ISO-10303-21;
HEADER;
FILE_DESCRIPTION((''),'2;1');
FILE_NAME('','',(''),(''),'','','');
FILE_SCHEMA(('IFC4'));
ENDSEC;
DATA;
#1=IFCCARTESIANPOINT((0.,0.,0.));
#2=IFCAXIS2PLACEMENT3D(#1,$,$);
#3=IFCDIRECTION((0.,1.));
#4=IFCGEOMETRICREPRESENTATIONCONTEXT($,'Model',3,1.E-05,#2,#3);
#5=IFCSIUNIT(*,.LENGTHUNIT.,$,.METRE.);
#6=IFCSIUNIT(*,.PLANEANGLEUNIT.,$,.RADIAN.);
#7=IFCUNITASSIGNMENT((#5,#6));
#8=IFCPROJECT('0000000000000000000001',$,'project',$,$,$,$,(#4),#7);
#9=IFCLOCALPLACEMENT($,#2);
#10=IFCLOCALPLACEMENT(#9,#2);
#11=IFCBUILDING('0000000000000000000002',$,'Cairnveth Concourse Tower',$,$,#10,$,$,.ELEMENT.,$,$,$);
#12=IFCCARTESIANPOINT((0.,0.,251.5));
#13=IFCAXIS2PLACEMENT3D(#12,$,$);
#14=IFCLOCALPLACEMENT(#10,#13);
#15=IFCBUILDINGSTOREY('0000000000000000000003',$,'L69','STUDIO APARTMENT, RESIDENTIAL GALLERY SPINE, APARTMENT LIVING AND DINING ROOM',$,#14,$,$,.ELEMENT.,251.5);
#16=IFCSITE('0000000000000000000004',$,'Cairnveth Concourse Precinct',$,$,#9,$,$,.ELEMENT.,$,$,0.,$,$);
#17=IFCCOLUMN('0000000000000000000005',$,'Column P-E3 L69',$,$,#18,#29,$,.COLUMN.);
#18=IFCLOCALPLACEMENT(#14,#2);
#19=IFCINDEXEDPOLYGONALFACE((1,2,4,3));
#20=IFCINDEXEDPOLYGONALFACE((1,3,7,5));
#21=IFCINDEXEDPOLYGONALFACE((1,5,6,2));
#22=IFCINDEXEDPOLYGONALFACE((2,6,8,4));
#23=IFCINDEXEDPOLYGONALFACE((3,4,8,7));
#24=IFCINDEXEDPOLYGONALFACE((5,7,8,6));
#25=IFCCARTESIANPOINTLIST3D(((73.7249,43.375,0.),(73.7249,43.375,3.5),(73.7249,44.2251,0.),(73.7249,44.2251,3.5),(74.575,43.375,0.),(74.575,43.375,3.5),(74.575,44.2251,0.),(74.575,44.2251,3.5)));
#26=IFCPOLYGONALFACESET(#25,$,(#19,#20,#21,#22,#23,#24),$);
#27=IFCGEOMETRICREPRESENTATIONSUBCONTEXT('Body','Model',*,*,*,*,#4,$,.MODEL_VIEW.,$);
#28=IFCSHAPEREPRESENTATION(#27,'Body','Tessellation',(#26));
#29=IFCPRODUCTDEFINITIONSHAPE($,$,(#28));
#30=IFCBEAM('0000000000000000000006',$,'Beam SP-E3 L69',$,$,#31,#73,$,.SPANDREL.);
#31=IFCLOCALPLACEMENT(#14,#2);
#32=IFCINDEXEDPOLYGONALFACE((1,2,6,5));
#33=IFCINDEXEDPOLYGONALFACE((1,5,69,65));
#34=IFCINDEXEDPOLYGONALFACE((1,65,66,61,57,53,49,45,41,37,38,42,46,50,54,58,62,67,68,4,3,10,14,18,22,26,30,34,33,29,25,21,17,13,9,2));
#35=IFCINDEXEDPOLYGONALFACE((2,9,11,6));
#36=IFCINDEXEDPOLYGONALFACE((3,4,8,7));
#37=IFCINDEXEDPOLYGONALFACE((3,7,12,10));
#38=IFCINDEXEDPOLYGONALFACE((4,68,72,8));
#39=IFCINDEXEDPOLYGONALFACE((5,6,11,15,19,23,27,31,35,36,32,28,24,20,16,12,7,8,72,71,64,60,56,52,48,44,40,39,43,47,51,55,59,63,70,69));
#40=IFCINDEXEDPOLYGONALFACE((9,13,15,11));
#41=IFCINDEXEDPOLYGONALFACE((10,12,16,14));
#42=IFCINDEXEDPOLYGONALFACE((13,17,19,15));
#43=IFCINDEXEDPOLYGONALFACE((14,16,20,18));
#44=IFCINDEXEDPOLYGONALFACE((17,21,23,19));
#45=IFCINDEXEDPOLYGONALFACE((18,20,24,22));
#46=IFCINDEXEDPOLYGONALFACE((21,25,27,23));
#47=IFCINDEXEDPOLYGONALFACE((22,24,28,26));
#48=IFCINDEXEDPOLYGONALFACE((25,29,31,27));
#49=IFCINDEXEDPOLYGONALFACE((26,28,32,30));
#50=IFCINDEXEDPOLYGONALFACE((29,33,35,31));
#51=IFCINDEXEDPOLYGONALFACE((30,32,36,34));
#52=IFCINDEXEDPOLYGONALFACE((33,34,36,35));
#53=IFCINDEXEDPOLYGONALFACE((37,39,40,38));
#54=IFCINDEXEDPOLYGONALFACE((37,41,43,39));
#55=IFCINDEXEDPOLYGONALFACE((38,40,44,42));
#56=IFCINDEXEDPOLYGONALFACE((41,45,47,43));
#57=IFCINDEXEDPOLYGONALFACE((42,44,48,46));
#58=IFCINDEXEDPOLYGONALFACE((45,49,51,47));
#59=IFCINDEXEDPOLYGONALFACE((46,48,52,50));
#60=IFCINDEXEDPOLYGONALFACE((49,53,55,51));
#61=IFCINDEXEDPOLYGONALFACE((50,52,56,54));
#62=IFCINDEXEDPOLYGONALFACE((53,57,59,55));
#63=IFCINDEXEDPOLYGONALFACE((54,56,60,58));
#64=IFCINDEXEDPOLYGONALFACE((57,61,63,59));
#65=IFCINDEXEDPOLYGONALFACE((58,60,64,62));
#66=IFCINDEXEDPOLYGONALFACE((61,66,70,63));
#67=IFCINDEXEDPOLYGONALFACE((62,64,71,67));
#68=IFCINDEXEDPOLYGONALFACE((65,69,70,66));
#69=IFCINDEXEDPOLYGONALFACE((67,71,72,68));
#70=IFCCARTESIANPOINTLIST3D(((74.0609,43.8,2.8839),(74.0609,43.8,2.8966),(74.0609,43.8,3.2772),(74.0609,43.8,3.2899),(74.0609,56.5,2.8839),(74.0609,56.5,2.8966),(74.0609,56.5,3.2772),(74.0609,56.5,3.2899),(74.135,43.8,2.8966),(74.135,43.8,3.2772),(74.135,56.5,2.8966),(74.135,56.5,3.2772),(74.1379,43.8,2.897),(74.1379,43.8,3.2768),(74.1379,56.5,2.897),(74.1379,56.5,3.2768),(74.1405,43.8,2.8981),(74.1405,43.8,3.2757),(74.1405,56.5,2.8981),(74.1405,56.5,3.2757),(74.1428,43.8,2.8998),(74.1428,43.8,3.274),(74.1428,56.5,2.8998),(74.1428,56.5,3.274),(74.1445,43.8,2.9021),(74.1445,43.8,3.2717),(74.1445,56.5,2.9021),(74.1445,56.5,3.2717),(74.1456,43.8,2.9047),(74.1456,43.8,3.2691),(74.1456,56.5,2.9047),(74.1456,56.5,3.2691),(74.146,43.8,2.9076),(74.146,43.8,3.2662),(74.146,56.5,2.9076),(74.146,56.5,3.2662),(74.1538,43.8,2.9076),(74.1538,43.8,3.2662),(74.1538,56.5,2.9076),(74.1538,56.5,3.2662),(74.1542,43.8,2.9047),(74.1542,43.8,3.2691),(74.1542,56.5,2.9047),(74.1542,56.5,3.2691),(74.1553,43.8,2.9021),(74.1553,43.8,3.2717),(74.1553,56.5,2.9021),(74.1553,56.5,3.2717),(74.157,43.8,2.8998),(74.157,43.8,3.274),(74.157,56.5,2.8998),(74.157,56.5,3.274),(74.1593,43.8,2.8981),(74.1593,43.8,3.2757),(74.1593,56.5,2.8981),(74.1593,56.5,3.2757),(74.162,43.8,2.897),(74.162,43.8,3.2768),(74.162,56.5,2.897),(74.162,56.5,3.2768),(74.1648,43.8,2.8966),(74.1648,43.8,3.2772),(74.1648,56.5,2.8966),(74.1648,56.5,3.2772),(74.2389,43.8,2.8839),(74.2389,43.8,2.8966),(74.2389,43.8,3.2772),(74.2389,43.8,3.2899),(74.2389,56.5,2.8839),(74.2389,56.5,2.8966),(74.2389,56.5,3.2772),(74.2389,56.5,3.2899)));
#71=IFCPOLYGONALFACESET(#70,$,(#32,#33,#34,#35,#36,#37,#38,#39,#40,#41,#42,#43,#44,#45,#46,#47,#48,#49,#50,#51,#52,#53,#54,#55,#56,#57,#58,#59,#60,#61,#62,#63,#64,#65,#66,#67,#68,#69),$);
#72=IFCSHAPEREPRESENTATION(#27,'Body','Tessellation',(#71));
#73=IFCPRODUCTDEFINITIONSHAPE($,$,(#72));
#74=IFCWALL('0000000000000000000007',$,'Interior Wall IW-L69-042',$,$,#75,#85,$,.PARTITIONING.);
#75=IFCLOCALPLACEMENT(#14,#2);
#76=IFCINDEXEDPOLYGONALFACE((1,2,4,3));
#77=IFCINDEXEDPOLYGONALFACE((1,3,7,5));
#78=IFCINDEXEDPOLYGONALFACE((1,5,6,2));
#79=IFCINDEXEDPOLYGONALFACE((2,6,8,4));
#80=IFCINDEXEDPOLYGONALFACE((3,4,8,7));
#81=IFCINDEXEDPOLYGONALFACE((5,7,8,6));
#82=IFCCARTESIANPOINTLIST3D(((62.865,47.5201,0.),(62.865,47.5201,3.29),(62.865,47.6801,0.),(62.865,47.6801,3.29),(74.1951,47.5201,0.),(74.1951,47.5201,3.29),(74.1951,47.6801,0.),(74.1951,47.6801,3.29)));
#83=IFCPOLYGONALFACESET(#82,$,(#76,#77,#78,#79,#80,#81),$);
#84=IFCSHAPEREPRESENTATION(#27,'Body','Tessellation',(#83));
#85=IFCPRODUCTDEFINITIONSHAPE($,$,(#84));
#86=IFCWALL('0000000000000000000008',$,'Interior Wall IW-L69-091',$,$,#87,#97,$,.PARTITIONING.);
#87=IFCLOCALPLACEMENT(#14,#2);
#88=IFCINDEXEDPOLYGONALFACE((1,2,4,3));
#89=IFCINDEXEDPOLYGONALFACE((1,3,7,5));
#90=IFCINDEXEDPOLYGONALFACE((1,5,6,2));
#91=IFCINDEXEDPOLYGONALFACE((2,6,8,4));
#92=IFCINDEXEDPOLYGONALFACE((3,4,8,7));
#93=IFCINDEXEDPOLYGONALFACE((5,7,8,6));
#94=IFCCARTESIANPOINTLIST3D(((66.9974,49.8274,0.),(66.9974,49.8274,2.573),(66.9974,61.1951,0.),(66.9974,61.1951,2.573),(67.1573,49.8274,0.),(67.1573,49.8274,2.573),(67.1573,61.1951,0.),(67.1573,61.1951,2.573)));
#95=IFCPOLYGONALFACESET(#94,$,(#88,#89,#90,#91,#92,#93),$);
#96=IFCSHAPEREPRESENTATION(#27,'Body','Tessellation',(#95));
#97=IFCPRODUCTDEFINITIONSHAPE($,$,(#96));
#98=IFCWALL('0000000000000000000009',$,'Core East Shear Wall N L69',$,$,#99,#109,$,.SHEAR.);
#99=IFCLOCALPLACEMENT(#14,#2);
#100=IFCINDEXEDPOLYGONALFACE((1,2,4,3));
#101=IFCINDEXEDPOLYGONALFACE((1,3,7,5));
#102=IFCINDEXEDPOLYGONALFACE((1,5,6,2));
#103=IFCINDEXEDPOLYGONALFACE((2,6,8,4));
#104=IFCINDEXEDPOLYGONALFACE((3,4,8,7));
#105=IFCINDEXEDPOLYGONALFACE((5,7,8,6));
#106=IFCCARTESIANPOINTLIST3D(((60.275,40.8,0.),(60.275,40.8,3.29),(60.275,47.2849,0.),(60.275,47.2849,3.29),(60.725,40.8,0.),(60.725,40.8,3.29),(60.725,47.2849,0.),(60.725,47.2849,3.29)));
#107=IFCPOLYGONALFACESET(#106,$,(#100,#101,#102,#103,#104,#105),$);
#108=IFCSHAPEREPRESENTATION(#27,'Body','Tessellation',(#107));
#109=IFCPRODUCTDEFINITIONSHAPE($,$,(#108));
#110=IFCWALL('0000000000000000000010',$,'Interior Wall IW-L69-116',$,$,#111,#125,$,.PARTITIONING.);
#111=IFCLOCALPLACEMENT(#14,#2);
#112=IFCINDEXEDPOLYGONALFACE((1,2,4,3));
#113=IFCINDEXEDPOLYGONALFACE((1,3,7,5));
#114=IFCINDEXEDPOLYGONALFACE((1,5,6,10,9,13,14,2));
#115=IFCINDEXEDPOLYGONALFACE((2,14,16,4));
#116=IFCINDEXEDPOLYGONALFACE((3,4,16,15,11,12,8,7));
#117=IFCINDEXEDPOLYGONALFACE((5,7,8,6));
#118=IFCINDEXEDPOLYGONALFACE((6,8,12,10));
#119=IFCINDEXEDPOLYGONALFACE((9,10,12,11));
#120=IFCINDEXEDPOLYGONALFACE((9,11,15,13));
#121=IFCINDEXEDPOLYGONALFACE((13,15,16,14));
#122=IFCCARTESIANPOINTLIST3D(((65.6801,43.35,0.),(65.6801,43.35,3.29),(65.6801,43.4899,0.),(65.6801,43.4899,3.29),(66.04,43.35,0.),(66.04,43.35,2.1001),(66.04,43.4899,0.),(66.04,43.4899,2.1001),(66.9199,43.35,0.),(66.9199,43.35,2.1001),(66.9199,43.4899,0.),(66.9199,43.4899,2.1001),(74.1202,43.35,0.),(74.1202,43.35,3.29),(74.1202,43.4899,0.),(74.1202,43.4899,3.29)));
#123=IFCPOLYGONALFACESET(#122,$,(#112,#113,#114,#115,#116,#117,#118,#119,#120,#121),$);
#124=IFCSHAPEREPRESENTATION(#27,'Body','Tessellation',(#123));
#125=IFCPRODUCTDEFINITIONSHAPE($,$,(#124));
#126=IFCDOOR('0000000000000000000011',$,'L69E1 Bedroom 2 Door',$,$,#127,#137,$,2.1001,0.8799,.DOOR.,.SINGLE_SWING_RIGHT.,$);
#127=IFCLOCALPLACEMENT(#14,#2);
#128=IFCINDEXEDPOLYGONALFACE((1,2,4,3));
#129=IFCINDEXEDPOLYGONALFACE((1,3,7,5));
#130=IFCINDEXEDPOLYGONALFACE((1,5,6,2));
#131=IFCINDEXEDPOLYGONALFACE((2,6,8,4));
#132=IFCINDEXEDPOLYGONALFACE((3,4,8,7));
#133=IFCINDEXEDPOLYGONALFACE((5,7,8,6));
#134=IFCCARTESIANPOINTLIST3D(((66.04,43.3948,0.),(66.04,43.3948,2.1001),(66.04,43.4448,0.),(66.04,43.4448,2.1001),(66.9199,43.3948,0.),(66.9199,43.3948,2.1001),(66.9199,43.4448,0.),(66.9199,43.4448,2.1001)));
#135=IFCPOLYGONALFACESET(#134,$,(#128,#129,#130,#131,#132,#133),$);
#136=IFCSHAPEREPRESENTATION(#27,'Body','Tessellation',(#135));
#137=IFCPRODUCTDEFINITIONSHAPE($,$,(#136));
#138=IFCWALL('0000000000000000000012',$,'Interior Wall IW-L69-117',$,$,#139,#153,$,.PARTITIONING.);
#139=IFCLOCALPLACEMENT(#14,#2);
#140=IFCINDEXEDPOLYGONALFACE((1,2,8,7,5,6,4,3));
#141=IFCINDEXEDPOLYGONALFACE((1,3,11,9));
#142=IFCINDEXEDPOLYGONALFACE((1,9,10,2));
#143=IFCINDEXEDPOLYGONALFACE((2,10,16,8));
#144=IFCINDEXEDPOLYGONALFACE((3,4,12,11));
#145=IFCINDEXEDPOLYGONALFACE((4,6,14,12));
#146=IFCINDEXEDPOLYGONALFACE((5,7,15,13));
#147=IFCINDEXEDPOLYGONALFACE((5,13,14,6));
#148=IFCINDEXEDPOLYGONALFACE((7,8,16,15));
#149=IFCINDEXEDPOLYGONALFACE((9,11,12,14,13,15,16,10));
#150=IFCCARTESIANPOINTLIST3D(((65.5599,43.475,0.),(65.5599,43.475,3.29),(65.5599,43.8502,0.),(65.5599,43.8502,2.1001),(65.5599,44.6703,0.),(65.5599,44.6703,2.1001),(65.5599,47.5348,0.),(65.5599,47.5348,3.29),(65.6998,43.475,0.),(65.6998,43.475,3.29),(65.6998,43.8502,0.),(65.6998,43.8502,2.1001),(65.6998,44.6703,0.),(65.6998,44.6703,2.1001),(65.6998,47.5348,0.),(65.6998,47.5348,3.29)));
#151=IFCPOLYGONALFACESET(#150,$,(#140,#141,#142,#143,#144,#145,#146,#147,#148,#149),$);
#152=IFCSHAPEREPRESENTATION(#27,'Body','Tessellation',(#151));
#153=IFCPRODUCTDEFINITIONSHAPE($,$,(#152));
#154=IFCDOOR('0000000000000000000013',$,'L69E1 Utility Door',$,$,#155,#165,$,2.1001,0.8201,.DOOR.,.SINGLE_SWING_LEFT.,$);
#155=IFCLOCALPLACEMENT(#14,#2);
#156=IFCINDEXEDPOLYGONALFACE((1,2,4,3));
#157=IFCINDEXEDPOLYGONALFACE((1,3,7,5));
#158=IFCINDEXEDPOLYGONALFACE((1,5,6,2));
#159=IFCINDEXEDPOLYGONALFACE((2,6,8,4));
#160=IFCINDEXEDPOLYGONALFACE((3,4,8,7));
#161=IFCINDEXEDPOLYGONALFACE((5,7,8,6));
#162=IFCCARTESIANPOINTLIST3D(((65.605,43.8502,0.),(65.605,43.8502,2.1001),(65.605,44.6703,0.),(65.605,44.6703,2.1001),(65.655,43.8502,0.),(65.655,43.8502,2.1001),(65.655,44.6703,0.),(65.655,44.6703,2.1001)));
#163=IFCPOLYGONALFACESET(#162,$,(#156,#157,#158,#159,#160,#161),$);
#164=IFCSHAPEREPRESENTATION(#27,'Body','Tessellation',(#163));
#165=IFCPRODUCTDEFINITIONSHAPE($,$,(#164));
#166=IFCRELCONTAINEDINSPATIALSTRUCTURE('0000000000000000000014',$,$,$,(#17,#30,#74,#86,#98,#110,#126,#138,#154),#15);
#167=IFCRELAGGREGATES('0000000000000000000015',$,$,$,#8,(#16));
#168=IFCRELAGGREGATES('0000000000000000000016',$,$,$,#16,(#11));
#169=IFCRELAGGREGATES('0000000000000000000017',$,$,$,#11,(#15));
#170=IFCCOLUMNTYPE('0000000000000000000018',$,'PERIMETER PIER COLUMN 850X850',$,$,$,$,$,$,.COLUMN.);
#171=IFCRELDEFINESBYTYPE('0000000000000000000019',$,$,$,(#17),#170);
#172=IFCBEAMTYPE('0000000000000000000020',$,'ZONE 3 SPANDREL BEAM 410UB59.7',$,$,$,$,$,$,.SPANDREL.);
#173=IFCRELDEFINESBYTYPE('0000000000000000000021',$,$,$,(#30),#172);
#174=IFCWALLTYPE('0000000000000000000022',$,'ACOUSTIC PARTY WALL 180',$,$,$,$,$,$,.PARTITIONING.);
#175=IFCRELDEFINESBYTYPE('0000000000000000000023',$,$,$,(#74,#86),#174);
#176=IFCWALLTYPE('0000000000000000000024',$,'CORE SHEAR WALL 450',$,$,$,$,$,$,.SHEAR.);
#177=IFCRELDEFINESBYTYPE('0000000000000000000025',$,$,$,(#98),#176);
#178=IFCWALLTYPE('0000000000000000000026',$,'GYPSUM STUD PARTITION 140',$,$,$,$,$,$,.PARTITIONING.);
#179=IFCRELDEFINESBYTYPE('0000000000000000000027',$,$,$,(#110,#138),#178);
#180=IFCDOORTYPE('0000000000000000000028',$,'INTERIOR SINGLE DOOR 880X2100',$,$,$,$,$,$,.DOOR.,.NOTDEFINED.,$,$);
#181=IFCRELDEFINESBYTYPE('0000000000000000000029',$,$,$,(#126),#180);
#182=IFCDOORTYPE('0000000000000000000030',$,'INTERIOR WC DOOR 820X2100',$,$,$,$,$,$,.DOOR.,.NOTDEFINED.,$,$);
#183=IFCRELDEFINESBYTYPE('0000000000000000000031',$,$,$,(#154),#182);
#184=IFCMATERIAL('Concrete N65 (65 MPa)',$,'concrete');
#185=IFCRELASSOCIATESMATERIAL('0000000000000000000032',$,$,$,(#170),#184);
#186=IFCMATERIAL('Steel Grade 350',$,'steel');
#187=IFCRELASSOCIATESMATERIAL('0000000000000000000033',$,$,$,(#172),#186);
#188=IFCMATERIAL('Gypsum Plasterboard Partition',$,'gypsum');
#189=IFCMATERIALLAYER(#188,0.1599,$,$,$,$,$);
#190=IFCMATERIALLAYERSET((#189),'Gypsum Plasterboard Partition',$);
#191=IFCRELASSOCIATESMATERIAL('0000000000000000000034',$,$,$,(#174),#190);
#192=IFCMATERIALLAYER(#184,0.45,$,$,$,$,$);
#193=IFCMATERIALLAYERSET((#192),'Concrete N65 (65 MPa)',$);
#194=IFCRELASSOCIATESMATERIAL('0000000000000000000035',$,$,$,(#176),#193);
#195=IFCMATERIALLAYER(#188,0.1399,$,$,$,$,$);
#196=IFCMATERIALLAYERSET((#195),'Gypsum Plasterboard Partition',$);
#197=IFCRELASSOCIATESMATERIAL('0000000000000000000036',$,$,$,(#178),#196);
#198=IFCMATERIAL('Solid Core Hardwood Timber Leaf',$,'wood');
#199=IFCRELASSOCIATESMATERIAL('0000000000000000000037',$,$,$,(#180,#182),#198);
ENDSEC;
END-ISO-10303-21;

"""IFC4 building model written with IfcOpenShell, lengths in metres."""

from ifc_helpers import new_model, si_unit, direction, frame, frame_2d, origin, origin_2d, place, context, subcontext, project, spatial, rectangle, i_section, extrude, material, layer, layer_set, material_profile, profile_set, type_object, element, fill, save


model = new_model("IFC4")

# Units and contexts
model_context = context("Model", 3, precision=1e-05, world=origin(), true_north=direction((0.0, 1.0)))
body_context = subcontext(model_context, "Body", "Model", "MODEL_VIEW")
ifc_project = project(units=[si_unit("LENGTHUNIT", "METRE"), si_unit("PLANEANGLEUNIT", "RADIAN")], contexts=[model_context])

# Site, building, storey
site_placement = place(None, origin())
site = spatial("IfcSite", under=ifc_project, at=site_placement, Name="Cairnveth Concourse Precinct", CompositionType="ELEMENT", RefElevation=0.0)
building_placement = place(site_placement, origin())
building = spatial("IfcBuilding", under=site, at=building_placement, Name="Cairnveth Concourse Tower", CompositionType="ELEMENT")
storey_placement = place(building_placement, frame((0.0, 0.0, 251.5)))
storey = spatial("IfcBuildingStorey", under=building, at=storey_placement, Name="L69", Description="STUDIO APARTMENT, RESIDENTIAL GALLERY SPINE, APARTMENT LIVING AND DINING ROOM", CompositionType="ELEMENT", Elevation=251.5)

# Column
ifc_material_1 = material(Name="Concrete N65 (65 MPa)", Category="concrete")
ifc_material_profile_1 = material_profile(ifc_material_1, rectangle(XDim=0.8501, YDim=0.8501, at=origin_2d()), Name="RC-COL-850x850")
ifc_profile_set_1 = profile_set([ifc_material_profile_1], Name="Concrete N65 (65 MPa)")
column_type = type_object("IfcColumnType", Name="PERIMETER PIER COLUMN 850X850", PredefinedType="COLUMN", material=ifc_profile_set_1)
column_placement = place(storey_placement, frame((74.1499, 43.8, 0.0), z_axis=(0.0, 0.0, 1.0), x_axis=(0.0, 1.0, 0.0)))
element("IfcColumn", 1, at=column_placement, inside=storey, type_object=column_type, Name="Column P-E3 L69", PredefinedType="COLUMN", context=body_context, shape_type="SweptSolid", body=[
    extrude(rectangle(XDim=0.8501, YDim=0.8501, at=origin_2d()), origin(), (0.0, 0.0, 1.0), 3.5),
])

# Beam
ifc_material_2 = material(Name="Steel Grade 350", Category="steel")
ifc_material_profile_2 = material_profile(ifc_material_2, i_section(OverallWidth=0.178, OverallDepth=0.406, WebThickness=0.0078, FlangeThickness=0.0127, FilletRadius=0.011, at=origin_2d()), Name="410UB59.7")
ifc_profile_set_2 = profile_set([ifc_material_profile_2], Name="Steel Grade 350")
beam_type = type_object("IfcBeamType", Name="ZONE 3 SPANDREL BEAM 410UB59.7", PredefinedType="SPANDREL", material=ifc_profile_set_2)
beam_placement = place(storey_placement, frame((74.1499, 43.8, 3.0869), z_axis=(0.0, 1.0, 0.0), x_axis=(-1.0, 0.0, 0.0)))
element("IfcBeam", 2, at=beam_placement, inside=storey, type_object=beam_type, Name="Beam SP-E3 L69", PredefinedType="SPANDREL", context=body_context, shape_type="SweptSolid", body=[
    extrude(i_section(OverallWidth=0.178, OverallDepth=0.406, WebThickness=0.0078, FlangeThickness=0.0127, FilletRadius=0.011, at=origin_2d()), origin(), (0.0, 0.0, 1.0), 12.7),
])

# Walls
ifc_material_3 = material(Name="Gypsum Plasterboard Partition", Category="gypsum")
ifc_layer_1 = layer(ifc_material_3, 0.1599)
ifc_layer_set_1 = layer_set([ifc_layer_1], Name="Gypsum Plasterboard Partition")
wall_type_1 = type_object("IfcWallType", Name="ACOUSTIC PARTY WALL 180", PredefinedType="PARTITIONING", material=ifc_layer_set_1)
wall_1_placement = place(storey_placement, frame((62.865, 47.6001, 0.0), z_axis=(0.0, 0.0, 1.0), x_axis=(1.0, 0.0, 0.0)))
element("IfcWall", 3, at=wall_1_placement, inside=storey, type_object=wall_type_1, Name="Interior Wall IW-L69-042", PredefinedType="PARTITIONING", context=body_context, shape_type="SweptSolid", body=[
    extrude(rectangle(XDim=11.3301, YDim=0.1599, at=frame_2d((5.665, 0.0))), origin(), (0.0, 0.0, 1.0), 3.29),
])
wall_2_placement = place(storey_placement, frame((67.0774, 49.8274, 0.0), z_axis=(0.0, 0.0, 1.0), x_axis=(0.0, 1.0, 0.0)))
element("IfcWall", 4, at=wall_2_placement, inside=storey, type_object=wall_type_1, Name="Interior Wall IW-L69-091", PredefinedType="PARTITIONING", context=body_context, shape_type="SweptSolid", body=[
    extrude(rectangle(XDim=11.3677, YDim=0.1599, at=frame_2d((5.6838, 0.0))), origin(), (0.0, 0.0, 1.0), 2.573),
])
ifc_layer_2 = layer(ifc_material_1, 0.45)
ifc_layer_set_2 = layer_set([ifc_layer_2], Name="Concrete N65 (65 MPa)")
wall_type_2 = type_object("IfcWallType", Name="CORE SHEAR WALL 450", PredefinedType="SHEAR", material=ifc_layer_set_2)
wall_3_placement = place(storey_placement, frame((60.5, 40.8, 0.0), z_axis=(0.0, 0.0, 1.0), x_axis=(0.0, 1.0, 0.0)))
element("IfcWall", 5, at=wall_3_placement, inside=storey, type_object=wall_type_2, Name="Core East Shear Wall N L69", PredefinedType="SHEAR", context=body_context, shape_type="SweptSolid", body=[
    extrude(rectangle(XDim=6.4849, YDim=0.45, at=frame_2d((3.2424, 0.0))), origin(), (0.0, 0.0, 1.0), 3.29),
])

# Walls, openings, doors
ifc_layer_3 = layer(ifc_material_3, 0.1399)
ifc_layer_set_3 = layer_set([ifc_layer_3], Name="Gypsum Plasterboard Partition")
wall_type_3 = type_object("IfcWallType", Name="GYPSUM STUD PARTITION 140", PredefinedType="PARTITIONING", material=ifc_layer_set_3)
wall_4_placement = place(storey_placement, frame((65.6799, 43.4199, 0.0), z_axis=(0.0, 0.0, 1.0), x_axis=(1.0, 0.0, 0.0)))
wall_4 = element("IfcWall", 6, at=wall_4_placement, inside=storey, type_object=wall_type_3, Name="Interior Wall IW-L69-116", PredefinedType="PARTITIONING", context=body_context, shape_type="SweptSolid", body=[
    extrude(rectangle(XDim=8.4402, YDim=0.1399, at=frame_2d((4.2202, 0.0))), origin(), (0.0, 0.0, 1.0), 3.29),
])
opening_1_placement = place(wall_4_placement, frame((0.3601, 0.0, 0.0)))
opening_1 = element("IfcOpeningElement", 7, at=opening_1_placement, cuts=wall_4, PredefinedType="OPENING", context=body_context, shape_type="SweptSolid", body=[
    extrude(rectangle(XDim=0.8799, YDim=2.1001, at=frame_2d((0.4399, 1.05))), frame((0.0, 0.0798, 0.0), z_axis=(0.0, -1.0, 0.0), x_axis=(1.0, 0.0, 0.0)), (0.0, 0.0, 1.0), 0.1599),
])
ifc_material_4 = material(Name="Solid Core Hardwood Timber Leaf", Category="wood")
door_type_1 = type_object("IfcDoorType", Name="INTERIOR SINGLE DOOR 880X2100", OperationType="NOTDEFINED", PredefinedType="DOOR", material=ifc_material_4)
door_1_placement = place(opening_1_placement, origin())
door_1 = element("IfcDoor", 8, at=door_1_placement, inside=storey, type_object=door_type_1, Name="L69E1 Bedroom 2 Door", OperationType="SINGLE_SWING_RIGHT", OverallHeight=2.1001, OverallWidth=0.8799, PredefinedType="DOOR", context=body_context, shape_type="SweptSolid", body=[
    extrude(rectangle(XDim=0.8799, YDim=2.1001, at=frame_2d((0.4399, 1.05))), frame((0.0, 0.0249, 0.0), z_axis=(0.0, -1.0, 0.0), x_axis=(1.0, 0.0, 0.0)), (0.0, 0.0, 1.0), 0.05),
])
fill(opening_1, door_1)
wall_5_placement = place(storey_placement, frame((65.6299, 43.4751, 0.0), z_axis=(0.0, 0.0, 1.0), x_axis=(0.0, 1.0, 0.0)))
wall_5 = element("IfcWall", 9, at=wall_5_placement, inside=storey, type_object=wall_type_3, Name="Interior Wall IW-L69-117", PredefinedType="PARTITIONING", context=body_context, shape_type="SweptSolid", body=[
    extrude(rectangle(XDim=4.0598, YDim=0.1399, at=frame_2d((2.0298, 0.0))), origin(), (0.0, 0.0, 1.0), 3.29),
])
opening_2_placement = place(wall_5_placement, frame((0.375, 0.0, 0.0)))
opening_2 = element("IfcOpeningElement", 10, at=opening_2_placement, cuts=wall_5, PredefinedType="OPENING", context=body_context, shape_type="SweptSolid", body=[
    extrude(rectangle(XDim=0.8201, YDim=2.1001, at=frame_2d((0.4102, 1.05))), frame((0.0, 0.0798, 0.0), z_axis=(0.0, -1.0, 0.0), x_axis=(1.0, 0.0, 0.0)), (0.0, 0.0, 1.0), 0.1599),
])
door_type_2 = type_object("IfcDoorType", Name="INTERIOR WC DOOR 820X2100", OperationType="NOTDEFINED", PredefinedType="DOOR", material=ifc_material_4)
door_2_placement = place(opening_2_placement, origin())
door_2 = element("IfcDoor", 11, at=door_2_placement, inside=storey, type_object=door_type_2, Name="L69E1 Utility Door", OperationType="SINGLE_SWING_LEFT", OverallHeight=2.1001, OverallWidth=0.8201, PredefinedType="DOOR", context=body_context, shape_type="SweptSolid", body=[
    extrude(rectangle(XDim=0.8201, YDim=2.1001, at=frame_2d((0.4102, 1.05))), frame((0.0, 0.0249, 0.0), z_axis=(0.0, -1.0, 0.0), x_axis=(1.0, 0.0, 0.0)), (0.0, 0.0, 1.0), 0.05),
])
fill(opening_2, door_2)

save(model, "model.ifc")
